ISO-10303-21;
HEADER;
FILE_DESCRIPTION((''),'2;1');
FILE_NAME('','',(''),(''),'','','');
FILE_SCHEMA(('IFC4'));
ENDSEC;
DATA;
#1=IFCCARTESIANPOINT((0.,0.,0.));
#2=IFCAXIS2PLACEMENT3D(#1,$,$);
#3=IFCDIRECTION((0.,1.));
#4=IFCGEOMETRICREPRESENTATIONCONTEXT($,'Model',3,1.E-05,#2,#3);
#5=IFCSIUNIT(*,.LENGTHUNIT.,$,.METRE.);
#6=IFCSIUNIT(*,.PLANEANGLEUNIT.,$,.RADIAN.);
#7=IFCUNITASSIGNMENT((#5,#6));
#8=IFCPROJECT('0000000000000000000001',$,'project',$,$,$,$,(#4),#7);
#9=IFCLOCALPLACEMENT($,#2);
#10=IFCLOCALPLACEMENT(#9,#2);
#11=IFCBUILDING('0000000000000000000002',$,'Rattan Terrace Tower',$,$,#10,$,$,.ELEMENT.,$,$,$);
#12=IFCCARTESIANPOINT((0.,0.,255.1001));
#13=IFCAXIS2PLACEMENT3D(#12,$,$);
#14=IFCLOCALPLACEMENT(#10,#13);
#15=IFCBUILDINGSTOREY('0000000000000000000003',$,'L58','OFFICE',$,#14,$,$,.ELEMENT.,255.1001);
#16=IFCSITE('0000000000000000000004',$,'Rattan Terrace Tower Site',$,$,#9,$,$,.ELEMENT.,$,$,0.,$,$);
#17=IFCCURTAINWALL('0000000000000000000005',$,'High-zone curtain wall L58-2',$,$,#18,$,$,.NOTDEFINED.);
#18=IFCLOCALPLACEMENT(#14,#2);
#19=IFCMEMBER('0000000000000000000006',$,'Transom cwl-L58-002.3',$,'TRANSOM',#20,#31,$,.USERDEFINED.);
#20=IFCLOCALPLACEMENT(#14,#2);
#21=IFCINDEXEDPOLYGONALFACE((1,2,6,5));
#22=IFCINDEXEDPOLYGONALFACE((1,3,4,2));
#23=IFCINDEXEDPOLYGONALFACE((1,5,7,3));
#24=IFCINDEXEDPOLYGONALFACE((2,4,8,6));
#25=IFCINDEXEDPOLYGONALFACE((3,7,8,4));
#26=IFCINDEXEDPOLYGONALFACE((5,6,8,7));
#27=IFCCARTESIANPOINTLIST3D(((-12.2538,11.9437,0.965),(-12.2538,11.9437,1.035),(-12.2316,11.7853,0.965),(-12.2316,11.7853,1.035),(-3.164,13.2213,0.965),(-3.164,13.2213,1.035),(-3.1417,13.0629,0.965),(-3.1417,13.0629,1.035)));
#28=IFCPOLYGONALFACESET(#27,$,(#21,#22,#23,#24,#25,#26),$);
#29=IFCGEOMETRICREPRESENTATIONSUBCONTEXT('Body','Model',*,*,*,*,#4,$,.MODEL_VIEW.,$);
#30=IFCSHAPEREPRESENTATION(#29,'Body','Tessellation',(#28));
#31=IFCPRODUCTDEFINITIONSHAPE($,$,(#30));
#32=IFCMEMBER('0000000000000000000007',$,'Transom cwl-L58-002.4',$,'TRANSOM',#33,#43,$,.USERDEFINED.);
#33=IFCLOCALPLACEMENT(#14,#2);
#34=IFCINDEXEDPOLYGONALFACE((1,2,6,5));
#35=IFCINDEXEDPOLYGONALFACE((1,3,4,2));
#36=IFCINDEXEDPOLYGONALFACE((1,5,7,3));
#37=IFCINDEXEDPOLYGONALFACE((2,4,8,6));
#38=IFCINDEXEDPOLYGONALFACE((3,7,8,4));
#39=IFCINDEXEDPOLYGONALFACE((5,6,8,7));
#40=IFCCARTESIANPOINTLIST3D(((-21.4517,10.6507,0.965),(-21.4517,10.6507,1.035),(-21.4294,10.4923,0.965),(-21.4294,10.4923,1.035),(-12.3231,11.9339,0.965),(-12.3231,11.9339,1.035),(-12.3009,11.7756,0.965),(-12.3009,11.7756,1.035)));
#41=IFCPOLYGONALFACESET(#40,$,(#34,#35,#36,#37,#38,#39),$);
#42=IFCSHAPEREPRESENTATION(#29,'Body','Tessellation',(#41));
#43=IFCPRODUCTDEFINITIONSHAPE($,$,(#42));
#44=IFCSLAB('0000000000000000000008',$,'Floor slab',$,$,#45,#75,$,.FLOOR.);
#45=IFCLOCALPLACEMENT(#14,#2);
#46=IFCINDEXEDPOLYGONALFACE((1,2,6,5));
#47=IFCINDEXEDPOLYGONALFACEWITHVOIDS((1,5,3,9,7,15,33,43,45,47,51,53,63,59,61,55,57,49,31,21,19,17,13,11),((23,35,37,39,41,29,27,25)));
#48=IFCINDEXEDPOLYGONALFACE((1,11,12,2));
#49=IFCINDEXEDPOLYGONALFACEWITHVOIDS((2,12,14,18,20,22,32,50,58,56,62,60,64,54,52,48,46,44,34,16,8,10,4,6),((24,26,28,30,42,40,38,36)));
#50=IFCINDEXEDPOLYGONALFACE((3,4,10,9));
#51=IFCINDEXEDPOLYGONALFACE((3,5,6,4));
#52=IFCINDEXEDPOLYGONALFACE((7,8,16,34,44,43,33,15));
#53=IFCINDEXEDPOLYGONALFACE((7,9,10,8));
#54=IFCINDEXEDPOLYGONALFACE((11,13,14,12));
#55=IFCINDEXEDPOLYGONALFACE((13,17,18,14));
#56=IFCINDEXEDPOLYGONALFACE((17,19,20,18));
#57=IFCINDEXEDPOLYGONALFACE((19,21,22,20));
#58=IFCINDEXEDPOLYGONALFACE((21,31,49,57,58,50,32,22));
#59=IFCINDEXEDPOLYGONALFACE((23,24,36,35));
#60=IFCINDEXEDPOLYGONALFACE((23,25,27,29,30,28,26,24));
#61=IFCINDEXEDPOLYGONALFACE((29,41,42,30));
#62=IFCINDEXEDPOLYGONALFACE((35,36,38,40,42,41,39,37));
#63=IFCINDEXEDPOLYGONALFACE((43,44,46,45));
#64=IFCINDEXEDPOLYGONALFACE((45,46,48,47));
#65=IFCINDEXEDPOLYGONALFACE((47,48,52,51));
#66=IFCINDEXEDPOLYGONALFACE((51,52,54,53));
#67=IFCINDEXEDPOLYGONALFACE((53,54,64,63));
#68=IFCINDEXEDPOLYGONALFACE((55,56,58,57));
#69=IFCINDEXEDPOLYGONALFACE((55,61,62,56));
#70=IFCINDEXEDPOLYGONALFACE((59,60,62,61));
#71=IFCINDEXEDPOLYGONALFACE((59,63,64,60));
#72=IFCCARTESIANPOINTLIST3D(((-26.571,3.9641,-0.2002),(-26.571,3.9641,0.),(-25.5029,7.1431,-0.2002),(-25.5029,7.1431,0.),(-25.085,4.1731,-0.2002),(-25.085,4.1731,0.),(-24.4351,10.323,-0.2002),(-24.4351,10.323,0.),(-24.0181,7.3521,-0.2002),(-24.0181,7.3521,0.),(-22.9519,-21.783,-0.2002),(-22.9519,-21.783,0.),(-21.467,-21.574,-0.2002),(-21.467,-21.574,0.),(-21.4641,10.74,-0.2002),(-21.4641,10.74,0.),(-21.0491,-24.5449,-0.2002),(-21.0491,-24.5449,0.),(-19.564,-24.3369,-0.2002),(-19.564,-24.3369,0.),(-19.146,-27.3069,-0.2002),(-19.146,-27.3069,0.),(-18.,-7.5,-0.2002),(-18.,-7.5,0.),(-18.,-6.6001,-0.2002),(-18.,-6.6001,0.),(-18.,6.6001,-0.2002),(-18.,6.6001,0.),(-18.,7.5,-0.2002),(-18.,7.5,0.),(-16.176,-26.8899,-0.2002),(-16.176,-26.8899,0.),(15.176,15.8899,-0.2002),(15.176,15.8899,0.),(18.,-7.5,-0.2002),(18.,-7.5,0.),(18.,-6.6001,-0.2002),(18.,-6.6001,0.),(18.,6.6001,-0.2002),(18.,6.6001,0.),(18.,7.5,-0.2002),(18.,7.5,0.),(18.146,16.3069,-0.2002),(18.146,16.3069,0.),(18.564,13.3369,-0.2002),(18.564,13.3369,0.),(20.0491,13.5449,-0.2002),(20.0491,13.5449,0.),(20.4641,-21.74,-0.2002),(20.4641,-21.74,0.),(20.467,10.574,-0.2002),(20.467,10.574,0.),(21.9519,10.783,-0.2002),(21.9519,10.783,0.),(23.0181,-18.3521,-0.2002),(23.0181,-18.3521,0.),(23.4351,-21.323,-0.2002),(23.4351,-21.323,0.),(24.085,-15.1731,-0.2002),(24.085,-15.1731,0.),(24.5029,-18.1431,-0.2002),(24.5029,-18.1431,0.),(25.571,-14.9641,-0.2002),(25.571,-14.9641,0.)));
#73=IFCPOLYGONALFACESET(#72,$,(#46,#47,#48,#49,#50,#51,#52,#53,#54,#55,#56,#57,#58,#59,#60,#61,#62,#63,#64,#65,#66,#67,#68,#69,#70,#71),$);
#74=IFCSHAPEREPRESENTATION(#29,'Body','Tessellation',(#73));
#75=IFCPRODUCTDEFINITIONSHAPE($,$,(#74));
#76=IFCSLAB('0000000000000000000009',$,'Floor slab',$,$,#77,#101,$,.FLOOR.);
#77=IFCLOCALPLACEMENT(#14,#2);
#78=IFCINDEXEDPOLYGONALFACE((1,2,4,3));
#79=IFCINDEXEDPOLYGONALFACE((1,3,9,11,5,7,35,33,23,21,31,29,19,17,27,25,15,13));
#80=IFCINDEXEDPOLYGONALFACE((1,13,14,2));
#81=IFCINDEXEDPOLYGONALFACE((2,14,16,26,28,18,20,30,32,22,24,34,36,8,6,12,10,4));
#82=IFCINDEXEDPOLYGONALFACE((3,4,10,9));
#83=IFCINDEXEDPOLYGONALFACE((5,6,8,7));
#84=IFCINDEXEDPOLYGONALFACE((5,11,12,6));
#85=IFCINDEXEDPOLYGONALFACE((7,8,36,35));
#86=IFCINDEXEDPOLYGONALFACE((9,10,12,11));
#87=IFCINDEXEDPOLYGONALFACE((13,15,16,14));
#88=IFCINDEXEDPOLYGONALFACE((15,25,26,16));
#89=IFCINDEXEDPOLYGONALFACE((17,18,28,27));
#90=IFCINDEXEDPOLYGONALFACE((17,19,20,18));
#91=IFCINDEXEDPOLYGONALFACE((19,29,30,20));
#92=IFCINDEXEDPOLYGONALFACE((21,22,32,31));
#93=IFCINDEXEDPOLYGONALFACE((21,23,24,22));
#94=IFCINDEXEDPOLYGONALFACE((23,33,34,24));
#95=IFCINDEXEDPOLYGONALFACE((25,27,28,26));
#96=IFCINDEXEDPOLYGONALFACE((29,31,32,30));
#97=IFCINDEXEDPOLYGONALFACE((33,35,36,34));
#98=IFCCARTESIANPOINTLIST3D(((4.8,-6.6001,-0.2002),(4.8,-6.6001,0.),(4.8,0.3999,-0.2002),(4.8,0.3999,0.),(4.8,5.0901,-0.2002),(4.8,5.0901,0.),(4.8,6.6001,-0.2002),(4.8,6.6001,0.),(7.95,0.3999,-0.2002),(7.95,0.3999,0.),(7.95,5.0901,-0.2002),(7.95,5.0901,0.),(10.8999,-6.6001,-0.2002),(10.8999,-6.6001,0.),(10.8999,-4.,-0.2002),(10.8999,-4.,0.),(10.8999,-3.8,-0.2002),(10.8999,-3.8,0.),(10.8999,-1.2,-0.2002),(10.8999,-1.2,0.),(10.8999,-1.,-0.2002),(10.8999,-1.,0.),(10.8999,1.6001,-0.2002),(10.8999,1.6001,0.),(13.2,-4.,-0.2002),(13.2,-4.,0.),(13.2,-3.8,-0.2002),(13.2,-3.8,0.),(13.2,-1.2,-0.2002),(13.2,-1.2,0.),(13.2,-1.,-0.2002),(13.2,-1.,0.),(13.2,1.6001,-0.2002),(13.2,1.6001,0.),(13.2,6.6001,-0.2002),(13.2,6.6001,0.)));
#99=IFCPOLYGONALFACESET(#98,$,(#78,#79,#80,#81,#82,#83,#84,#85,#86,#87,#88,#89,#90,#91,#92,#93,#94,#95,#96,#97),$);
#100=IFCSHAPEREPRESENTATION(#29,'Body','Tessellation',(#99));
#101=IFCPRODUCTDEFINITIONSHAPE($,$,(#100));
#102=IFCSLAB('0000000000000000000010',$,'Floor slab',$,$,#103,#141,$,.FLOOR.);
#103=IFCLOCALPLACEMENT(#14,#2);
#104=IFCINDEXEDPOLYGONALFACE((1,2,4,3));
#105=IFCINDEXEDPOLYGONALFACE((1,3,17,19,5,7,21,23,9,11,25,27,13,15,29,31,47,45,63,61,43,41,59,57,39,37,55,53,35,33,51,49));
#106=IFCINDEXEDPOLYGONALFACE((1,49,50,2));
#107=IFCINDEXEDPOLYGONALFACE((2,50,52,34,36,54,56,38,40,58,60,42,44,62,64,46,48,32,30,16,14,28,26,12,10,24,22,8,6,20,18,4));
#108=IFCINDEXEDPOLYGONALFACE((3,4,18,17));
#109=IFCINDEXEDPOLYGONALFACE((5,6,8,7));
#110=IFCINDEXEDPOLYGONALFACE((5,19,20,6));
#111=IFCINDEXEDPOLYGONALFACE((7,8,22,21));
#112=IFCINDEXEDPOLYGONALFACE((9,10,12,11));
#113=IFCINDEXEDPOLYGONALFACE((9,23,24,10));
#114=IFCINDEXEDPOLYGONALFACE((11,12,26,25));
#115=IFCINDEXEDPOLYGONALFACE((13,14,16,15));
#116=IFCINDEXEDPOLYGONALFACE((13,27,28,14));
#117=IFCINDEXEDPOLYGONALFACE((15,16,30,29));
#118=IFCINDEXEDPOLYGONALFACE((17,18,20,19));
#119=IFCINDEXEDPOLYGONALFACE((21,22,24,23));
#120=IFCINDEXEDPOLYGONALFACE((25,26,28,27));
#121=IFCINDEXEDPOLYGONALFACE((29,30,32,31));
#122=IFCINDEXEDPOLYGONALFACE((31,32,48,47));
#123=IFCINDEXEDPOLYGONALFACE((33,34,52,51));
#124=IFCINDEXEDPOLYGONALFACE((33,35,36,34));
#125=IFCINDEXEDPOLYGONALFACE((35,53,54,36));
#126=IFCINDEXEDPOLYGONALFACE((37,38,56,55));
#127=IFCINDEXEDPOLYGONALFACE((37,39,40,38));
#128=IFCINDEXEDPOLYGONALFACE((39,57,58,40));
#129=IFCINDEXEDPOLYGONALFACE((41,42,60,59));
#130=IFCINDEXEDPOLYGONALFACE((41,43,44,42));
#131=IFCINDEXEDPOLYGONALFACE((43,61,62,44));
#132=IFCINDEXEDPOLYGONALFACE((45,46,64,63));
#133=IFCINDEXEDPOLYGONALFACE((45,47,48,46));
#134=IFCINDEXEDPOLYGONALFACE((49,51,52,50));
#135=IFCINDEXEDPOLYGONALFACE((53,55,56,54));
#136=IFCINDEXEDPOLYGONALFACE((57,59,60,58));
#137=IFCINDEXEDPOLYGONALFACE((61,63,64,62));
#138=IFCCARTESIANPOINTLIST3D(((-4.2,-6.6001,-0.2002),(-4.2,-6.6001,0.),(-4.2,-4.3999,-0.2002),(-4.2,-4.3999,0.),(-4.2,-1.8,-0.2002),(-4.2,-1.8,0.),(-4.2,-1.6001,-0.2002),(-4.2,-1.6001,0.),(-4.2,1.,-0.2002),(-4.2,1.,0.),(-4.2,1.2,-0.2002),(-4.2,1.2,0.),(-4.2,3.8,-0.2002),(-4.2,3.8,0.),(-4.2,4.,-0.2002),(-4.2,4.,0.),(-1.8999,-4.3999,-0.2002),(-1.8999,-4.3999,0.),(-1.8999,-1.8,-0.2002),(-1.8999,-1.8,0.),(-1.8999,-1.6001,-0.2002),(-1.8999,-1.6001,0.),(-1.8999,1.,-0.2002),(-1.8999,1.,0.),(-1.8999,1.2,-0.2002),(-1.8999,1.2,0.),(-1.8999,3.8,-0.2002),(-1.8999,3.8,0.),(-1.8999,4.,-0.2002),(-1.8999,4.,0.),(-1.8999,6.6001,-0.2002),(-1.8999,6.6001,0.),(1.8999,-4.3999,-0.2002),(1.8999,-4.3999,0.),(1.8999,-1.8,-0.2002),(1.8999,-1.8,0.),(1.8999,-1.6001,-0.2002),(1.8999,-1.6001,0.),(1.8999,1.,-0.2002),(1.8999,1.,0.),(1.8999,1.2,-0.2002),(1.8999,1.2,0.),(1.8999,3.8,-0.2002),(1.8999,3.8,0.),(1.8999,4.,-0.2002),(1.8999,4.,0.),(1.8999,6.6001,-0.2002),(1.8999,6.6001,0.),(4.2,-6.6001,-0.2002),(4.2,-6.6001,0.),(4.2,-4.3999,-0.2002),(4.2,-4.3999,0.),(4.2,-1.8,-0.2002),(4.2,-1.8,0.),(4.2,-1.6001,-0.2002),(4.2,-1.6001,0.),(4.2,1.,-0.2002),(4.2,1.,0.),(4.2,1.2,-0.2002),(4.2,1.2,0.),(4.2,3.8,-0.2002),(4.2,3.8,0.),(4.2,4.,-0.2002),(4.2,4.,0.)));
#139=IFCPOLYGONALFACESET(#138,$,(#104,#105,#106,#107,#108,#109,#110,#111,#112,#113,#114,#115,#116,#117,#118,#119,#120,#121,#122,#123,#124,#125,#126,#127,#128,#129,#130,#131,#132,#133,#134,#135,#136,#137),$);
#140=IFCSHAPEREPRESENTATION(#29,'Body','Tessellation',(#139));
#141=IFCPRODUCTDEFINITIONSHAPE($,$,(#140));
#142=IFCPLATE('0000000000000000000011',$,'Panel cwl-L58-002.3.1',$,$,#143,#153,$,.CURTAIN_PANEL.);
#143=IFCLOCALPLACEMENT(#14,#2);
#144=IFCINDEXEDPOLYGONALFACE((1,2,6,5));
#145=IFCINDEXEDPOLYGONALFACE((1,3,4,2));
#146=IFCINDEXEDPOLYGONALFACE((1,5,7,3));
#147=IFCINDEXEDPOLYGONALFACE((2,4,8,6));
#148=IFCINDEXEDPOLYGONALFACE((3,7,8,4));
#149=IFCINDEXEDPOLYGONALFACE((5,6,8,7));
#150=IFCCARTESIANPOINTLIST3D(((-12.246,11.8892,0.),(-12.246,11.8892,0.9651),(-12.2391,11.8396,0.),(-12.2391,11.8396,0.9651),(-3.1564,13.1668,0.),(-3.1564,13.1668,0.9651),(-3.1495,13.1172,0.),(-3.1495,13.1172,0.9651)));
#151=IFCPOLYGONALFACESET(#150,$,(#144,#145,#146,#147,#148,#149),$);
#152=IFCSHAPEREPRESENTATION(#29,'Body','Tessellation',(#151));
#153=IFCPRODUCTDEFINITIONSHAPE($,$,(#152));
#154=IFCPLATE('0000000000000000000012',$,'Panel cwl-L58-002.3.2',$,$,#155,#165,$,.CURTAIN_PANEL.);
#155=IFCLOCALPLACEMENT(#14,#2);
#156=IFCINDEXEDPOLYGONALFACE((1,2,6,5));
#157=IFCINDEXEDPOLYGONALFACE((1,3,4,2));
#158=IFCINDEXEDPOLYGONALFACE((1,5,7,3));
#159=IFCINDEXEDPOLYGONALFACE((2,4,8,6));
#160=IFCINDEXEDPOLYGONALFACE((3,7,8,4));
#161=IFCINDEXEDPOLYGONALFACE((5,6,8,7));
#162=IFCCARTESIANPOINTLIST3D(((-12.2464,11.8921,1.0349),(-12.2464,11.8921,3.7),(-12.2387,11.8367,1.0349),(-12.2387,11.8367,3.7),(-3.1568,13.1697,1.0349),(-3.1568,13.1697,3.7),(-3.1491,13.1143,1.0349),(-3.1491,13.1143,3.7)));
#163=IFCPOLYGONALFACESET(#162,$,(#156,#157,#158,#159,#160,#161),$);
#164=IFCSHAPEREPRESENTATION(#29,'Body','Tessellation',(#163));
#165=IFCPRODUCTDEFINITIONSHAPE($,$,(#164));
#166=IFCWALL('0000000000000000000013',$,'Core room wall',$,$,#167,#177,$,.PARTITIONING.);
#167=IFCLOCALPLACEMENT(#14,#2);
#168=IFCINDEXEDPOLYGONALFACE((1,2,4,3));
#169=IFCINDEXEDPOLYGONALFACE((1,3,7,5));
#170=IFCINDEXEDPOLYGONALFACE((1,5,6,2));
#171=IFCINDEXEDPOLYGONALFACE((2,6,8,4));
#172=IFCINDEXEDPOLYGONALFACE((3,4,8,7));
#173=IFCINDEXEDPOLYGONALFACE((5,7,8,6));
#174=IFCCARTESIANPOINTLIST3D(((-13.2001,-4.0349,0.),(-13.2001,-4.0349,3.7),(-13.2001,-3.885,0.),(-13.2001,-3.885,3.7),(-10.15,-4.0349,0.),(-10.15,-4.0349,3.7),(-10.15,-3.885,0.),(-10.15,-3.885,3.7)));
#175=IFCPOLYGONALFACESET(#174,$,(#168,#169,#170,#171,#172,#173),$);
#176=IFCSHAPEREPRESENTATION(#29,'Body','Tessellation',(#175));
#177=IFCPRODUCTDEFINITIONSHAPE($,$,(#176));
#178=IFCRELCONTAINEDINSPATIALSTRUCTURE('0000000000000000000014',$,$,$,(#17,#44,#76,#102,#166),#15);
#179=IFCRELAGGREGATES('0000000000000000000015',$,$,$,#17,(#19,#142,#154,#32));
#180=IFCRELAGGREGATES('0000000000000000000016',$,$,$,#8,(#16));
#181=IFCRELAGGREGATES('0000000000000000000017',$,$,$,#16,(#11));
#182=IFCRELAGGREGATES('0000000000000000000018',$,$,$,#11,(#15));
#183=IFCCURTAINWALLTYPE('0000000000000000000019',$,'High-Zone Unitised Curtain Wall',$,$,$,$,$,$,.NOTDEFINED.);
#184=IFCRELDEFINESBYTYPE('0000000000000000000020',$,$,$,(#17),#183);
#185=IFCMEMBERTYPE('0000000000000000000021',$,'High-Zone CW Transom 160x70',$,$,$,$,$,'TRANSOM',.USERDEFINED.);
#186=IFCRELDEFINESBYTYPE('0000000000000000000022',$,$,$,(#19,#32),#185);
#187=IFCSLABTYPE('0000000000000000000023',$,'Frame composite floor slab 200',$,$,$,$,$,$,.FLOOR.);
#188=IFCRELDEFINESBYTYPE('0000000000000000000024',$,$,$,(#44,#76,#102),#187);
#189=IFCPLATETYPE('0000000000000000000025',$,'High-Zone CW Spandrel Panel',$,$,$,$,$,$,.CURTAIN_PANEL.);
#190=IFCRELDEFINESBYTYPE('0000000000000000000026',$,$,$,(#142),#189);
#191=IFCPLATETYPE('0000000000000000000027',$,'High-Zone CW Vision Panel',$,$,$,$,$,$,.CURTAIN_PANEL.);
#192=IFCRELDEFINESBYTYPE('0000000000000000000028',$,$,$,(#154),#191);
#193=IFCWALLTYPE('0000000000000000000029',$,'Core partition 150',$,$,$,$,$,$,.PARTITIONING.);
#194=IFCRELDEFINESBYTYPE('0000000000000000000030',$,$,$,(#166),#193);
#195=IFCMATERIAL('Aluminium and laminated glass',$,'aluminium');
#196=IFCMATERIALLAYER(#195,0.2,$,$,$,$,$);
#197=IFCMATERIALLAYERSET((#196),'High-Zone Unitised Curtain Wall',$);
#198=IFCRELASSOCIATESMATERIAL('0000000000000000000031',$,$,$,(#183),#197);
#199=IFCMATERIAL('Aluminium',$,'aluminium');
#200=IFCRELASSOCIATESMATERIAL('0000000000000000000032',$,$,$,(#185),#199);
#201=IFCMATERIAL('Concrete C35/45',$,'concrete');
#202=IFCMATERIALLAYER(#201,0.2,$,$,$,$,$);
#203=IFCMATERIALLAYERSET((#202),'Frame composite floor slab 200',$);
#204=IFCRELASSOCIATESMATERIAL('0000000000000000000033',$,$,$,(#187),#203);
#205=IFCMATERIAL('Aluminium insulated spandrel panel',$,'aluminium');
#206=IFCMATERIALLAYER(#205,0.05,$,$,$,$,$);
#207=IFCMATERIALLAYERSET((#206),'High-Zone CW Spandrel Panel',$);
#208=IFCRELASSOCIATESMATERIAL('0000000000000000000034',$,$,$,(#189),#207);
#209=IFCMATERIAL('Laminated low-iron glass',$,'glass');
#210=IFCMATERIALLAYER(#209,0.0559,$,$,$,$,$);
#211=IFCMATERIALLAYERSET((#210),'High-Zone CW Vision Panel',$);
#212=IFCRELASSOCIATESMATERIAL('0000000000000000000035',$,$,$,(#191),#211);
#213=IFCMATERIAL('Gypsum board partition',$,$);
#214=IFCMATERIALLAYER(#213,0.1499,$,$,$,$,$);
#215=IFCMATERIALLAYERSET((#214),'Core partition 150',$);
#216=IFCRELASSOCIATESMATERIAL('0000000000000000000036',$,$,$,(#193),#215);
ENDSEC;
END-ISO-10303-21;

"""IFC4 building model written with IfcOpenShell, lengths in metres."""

from ifc_helpers import new_model, si_unit, direction, frame, frame_2d, origin, origin_2d, place, context, subcontext, project, spatial, polyline, rectangle, outline, extrude, material, layer, layer_set, material_profile, profile_set, type_object, element, aggregate, save


model = new_model("IFC4")

# Units and contexts
model_context = context("Model", 3, precision=1e-05, world=origin(), true_north=direction((0.0, 1.0)))
body_context = subcontext(model_context, "Body", "Model", "MODEL_VIEW")
ifc_project = project(units=[si_unit("LENGTHUNIT", "METRE"), si_unit("PLANEANGLEUNIT", "RADIAN")], contexts=[model_context])

# Site, building, storey
site_placement = place(None, origin())
site = spatial("IfcSite", under=ifc_project, at=site_placement, Name="Rattan Terrace Tower Site", CompositionType="ELEMENT", RefElevation=0.0)
building_placement = place(site_placement, origin())
building = spatial("IfcBuilding", under=site, at=building_placement, Name="Rattan Terrace Tower", CompositionType="ELEMENT")
storey_placement = place(building_placement, frame((0.0, 0.0, 255.1001)))
storey = spatial("IfcBuildingStorey", under=building, at=storey_placement, Name="L58", Description="OFFICE", CompositionType="ELEMENT", Elevation=255.1001)

# Curtain wall, members
ifc_material_1 = material(Name="Aluminium and laminated glass", Category="aluminium")
ifc_layer_1 = layer(ifc_material_1, 0.2)
ifc_layer_set_1 = layer_set([ifc_layer_1], Name="High-Zone Unitised Curtain Wall")
curtain_wall_type = type_object("IfcCurtainWallType", Name="High-Zone Unitised Curtain Wall", PredefinedType="NOTDEFINED", material=ifc_layer_set_1)
curtain_wall_placement = place(storey_placement, origin())
curtain_wall = element("IfcCurtainWall", 1, at=curtain_wall_placement, inside=storey, type_object=curtain_wall_type, Name="High-zone curtain wall L58-2", PredefinedType="NOTDEFINED")
ifc_material_2 = material(Name="Aluminium", Category="aluminium")
ifc_material_profile_1 = material_profile(ifc_material_2, rectangle(XDim=0.1599, YDim=0.0701, at=origin_2d()), Name="Aluminium 160x70")
ifc_profile_set_1 = profile_set([ifc_material_profile_1], Name="Aluminium")
member_type_1 = type_object("IfcMemberType", Name="High-Zone CW Transom 160x70", ElementType="TRANSOM", PredefinedType="USERDEFINED", material=ifc_profile_set_1)
member_1_placement = place(storey_placement, frame((-3.1528, 13.1421, 1.0), z_axis=(-0.990267, -0.139183, 0.0), x_axis=(0.139183, -0.990267, 0.0)))
member_1 = element("IfcMember", 2, at=member_1_placement, type_object=member_type_1, Name="Transom cwl-L58-002.3", ObjectType="TRANSOM", PredefinedType="USERDEFINED", context=body_context, shape_type="SweptSolid", body=[
    extrude(rectangle(XDim=0.1599, YDim=0.0701, at=origin_2d()), origin(), (0.0, 0.0, 1.0), 9.1792),
])
member_2_placement = place(storey_placement, frame((-12.312, 11.8547, 1.0), z_axis=(-0.990264, -0.139204, 0.0), x_axis=(0.139204, -0.990264, 0.0)))
member_2 = element("IfcMember", 3, at=member_2_placement, type_object=member_type_1, Name="Transom cwl-L58-002.4", ObjectType="TRANSOM", PredefinedType="USERDEFINED", context=body_context, shape_type="SweptSolid", body=[
    extrude(rectangle(XDim=0.1599, YDim=0.0701, at=origin_2d()), origin(), (0.0, 0.0, 1.0), 9.2183),
])

# Slabs
ifc_material_3 = material(Name="Concrete C35/45", Category="concrete")
ifc_layer_2 = layer(ifc_material_3, 0.2)
ifc_layer_set_2 = layer_set([ifc_layer_2], Name="Frame composite floor slab 200")
slab_type = type_object("IfcSlabType", Name="Frame composite floor slab 200", PredefinedType="FLOOR", material=ifc_layer_set_2)
slab_1_placement = place(storey_placement, frame((0.0, 0.0, -0.2002)))
element("IfcSlab", 4, at=slab_1_placement, inside=storey, type_object=slab_type, Name="Floor slab", PredefinedType="FLOOR", context=body_context, shape_type="SweptSolid", body=[
    extrude(outline(polyline([(-16.176, -26.8899), (20.4641, -21.74), (23.4351, -21.323), (23.0181, -18.3521), (24.5029, -18.1431), (24.085, -15.1731), (25.571, -14.9641), (21.9519, 10.783), (20.467, 10.574), (20.0491, 13.5449), (18.564, 13.3369), (18.146, 16.3069), (15.176, 15.8899), (-21.4641, 10.74), (-24.4351, 10.323), (-24.0181, 7.3521), (-25.5029, 7.1431), (-25.085, 4.1731), (-26.571, 3.9641), (-22.9519, -21.783), (-21.467, -21.574), (-21.0491, -24.5449), (-19.564, -24.3369), (-19.146, -27.3069), (-16.176, -26.8899)]), holes=[polyline([(-18.0, -7.5), (18.0, -7.5), (18.0, -6.6001), (18.0, 6.6001), (18.0, 7.5), (-18.0, 7.5), (-18.0, 6.6001), (-18.0, -6.6001), (-18.0, -7.5)])]), origin(), (0.0, 0.0, 1.0), 0.2002),
])
slab_2_placement = place(storey_placement, frame((0.0, 0.0, -0.2002)))
element("IfcSlab", 5, at=slab_2_placement, inside=storey, type_object=slab_type, Name="Floor slab", PredefinedType="FLOOR", context=body_context, shape_type="SweptSolid", body=[
    extrude(outline(polyline([(13.2, 6.6001), (4.8, 6.6001), (4.8, 5.0901), (7.95, 5.0901), (7.95, 0.3999), (4.8, 0.3999), (4.8, -6.6001), (10.8999, -6.6001), (10.8999, -4.0), (13.2, -4.0), (13.2, -3.8), (10.8999, -3.8), (10.8999, -1.2), (13.2, -1.2), (13.2, -1.0), (10.8999, -1.0), (10.8999, 1.6001), (13.2, 1.6001), (13.2, 6.6001)])), origin(), (0.0, 0.0, 1.0), 0.2002),
])
slab_3_placement = place(storey_placement, frame((0.0, 0.0, -0.2002)))
element("IfcSlab", 6, at=slab_3_placement, inside=storey, type_object=slab_type, Name="Floor slab", PredefinedType="FLOOR", context=body_context, shape_type="SweptSolid", body=[
    extrude(outline(polyline([(1.8999, 6.6001), (-1.8999, 6.6001), (-1.8999, 4.0), (-4.2, 4.0), (-4.2, 3.8), (-1.8999, 3.8), (-1.8999, 1.2), (-4.2, 1.2), (-4.2, 1.0), (-1.8999, 1.0), (-1.8999, -1.6001), (-4.2, -1.6001), (-4.2, -1.8), (-1.8999, -1.8), (-1.8999, -4.3999), (-4.2, -4.3999), (-4.2, -6.6001), (4.2, -6.6001), (4.2, -4.3999), (1.8999, -4.3999), (1.8999, -1.8), (4.2, -1.8), (4.2, -1.6001), (1.8999, -1.6001), (1.8999, 1.0), (4.2, 1.0), (4.2, 1.2), (1.8999, 1.2), (1.8999, 3.8), (4.2, 3.8), (4.2, 4.0), (1.8999, 4.0), (1.8999, 6.6001)])), origin(), (0.0, 0.0, 1.0), 0.2002),
])

# Plates
ifc_material_4 = material(Name="Aluminium insulated spandrel panel", Category="aluminium")
ifc_layer_3 = layer(ifc_material_4, 0.05)
ifc_layer_set_3 = layer_set([ifc_layer_3], Name="High-Zone CW Spandrel Panel")
plate_type_1 = type_object("IfcPlateType", Name="High-Zone CW Spandrel Panel", PredefinedType="CURTAIN_PANEL", material=ifc_layer_set_3)
plate_1_placement = place(storey_placement, frame((-7.6978, 12.5032, 0.0), z_axis=(0.0, 0.0, 1.0), x_axis=(-0.990266, -0.139189, 0.0)))
plate_1 = element("IfcPlate", 7, at=plate_1_placement, type_object=plate_type_1, Name="Panel cwl-L58-002.3.1", PredefinedType="CURTAIN_PANEL", context=body_context, shape_type="SweptSolid", body=[
    extrude(rectangle(XDim=9.179, YDim=0.05, at=origin_2d()), origin(), (0.0, 0.0, 1.0), 0.9651),
])
ifc_material_5 = material(Name="Laminated low-iron glass", Category="glass")
ifc_layer_4 = layer(ifc_material_5, 0.0559)
ifc_layer_set_4 = layer_set([ifc_layer_4], Name="High-Zone CW Vision Panel")
plate_type_2 = type_object("IfcPlateType", Name="High-Zone CW Vision Panel", PredefinedType="CURTAIN_PANEL", material=ifc_layer_set_4)
plate_2_placement = place(storey_placement, frame((-7.6978, 12.5032, 1.0349), z_axis=(0.0, 0.0, 1.0), x_axis=(-0.990266, -0.139189, 0.0)))
plate_2 = element("IfcPlate", 8, at=plate_2_placement, type_object=plate_type_2, Name="Panel cwl-L58-002.3.2", PredefinedType="CURTAIN_PANEL", context=body_context, shape_type="SweptSolid", body=[
    extrude(rectangle(XDim=9.179, YDim=0.0559, at=origin_2d()), origin(), (0.0, 0.0, 1.0), 2.665),
])
aggregate(curtain_wall, [member_1, plate_1, plate_2, member_2])

# Wall
ifc_material_6 = material(Name="Gypsum board partition")
ifc_layer_5 = layer(ifc_material_6, 0.1499)
ifc_layer_set_5 = layer_set([ifc_layer_5], Name="Core partition 150")
wall_type_1 = type_object("IfcWallType", Name="Core partition 150", PredefinedType="PARTITIONING", material=ifc_layer_set_5)
for number, where, z_axis, x_axis, name in (
    (9, (-13.2, -3.96, 0.0), (0.0, 0.0, 1.0), (1.0, 0.0, 0.0), "Core room wall"),
):
    element("IfcWall", number, at=place(storey_placement, frame(where, z_axis=z_axis, x_axis=x_axis)), inside=storey, type_object=wall_type_1, Name=name, PredefinedType="PARTITIONING", context=body_context, shape_type="SweptSolid", body=[
        extrude(rectangle(XDim=3.05, YDim=0.1499, at=frame_2d((1.5249, 0.0))), origin(), (0.0, 0.0, 1.0), 3.7),
    ])

save(model, "model.ifc")
